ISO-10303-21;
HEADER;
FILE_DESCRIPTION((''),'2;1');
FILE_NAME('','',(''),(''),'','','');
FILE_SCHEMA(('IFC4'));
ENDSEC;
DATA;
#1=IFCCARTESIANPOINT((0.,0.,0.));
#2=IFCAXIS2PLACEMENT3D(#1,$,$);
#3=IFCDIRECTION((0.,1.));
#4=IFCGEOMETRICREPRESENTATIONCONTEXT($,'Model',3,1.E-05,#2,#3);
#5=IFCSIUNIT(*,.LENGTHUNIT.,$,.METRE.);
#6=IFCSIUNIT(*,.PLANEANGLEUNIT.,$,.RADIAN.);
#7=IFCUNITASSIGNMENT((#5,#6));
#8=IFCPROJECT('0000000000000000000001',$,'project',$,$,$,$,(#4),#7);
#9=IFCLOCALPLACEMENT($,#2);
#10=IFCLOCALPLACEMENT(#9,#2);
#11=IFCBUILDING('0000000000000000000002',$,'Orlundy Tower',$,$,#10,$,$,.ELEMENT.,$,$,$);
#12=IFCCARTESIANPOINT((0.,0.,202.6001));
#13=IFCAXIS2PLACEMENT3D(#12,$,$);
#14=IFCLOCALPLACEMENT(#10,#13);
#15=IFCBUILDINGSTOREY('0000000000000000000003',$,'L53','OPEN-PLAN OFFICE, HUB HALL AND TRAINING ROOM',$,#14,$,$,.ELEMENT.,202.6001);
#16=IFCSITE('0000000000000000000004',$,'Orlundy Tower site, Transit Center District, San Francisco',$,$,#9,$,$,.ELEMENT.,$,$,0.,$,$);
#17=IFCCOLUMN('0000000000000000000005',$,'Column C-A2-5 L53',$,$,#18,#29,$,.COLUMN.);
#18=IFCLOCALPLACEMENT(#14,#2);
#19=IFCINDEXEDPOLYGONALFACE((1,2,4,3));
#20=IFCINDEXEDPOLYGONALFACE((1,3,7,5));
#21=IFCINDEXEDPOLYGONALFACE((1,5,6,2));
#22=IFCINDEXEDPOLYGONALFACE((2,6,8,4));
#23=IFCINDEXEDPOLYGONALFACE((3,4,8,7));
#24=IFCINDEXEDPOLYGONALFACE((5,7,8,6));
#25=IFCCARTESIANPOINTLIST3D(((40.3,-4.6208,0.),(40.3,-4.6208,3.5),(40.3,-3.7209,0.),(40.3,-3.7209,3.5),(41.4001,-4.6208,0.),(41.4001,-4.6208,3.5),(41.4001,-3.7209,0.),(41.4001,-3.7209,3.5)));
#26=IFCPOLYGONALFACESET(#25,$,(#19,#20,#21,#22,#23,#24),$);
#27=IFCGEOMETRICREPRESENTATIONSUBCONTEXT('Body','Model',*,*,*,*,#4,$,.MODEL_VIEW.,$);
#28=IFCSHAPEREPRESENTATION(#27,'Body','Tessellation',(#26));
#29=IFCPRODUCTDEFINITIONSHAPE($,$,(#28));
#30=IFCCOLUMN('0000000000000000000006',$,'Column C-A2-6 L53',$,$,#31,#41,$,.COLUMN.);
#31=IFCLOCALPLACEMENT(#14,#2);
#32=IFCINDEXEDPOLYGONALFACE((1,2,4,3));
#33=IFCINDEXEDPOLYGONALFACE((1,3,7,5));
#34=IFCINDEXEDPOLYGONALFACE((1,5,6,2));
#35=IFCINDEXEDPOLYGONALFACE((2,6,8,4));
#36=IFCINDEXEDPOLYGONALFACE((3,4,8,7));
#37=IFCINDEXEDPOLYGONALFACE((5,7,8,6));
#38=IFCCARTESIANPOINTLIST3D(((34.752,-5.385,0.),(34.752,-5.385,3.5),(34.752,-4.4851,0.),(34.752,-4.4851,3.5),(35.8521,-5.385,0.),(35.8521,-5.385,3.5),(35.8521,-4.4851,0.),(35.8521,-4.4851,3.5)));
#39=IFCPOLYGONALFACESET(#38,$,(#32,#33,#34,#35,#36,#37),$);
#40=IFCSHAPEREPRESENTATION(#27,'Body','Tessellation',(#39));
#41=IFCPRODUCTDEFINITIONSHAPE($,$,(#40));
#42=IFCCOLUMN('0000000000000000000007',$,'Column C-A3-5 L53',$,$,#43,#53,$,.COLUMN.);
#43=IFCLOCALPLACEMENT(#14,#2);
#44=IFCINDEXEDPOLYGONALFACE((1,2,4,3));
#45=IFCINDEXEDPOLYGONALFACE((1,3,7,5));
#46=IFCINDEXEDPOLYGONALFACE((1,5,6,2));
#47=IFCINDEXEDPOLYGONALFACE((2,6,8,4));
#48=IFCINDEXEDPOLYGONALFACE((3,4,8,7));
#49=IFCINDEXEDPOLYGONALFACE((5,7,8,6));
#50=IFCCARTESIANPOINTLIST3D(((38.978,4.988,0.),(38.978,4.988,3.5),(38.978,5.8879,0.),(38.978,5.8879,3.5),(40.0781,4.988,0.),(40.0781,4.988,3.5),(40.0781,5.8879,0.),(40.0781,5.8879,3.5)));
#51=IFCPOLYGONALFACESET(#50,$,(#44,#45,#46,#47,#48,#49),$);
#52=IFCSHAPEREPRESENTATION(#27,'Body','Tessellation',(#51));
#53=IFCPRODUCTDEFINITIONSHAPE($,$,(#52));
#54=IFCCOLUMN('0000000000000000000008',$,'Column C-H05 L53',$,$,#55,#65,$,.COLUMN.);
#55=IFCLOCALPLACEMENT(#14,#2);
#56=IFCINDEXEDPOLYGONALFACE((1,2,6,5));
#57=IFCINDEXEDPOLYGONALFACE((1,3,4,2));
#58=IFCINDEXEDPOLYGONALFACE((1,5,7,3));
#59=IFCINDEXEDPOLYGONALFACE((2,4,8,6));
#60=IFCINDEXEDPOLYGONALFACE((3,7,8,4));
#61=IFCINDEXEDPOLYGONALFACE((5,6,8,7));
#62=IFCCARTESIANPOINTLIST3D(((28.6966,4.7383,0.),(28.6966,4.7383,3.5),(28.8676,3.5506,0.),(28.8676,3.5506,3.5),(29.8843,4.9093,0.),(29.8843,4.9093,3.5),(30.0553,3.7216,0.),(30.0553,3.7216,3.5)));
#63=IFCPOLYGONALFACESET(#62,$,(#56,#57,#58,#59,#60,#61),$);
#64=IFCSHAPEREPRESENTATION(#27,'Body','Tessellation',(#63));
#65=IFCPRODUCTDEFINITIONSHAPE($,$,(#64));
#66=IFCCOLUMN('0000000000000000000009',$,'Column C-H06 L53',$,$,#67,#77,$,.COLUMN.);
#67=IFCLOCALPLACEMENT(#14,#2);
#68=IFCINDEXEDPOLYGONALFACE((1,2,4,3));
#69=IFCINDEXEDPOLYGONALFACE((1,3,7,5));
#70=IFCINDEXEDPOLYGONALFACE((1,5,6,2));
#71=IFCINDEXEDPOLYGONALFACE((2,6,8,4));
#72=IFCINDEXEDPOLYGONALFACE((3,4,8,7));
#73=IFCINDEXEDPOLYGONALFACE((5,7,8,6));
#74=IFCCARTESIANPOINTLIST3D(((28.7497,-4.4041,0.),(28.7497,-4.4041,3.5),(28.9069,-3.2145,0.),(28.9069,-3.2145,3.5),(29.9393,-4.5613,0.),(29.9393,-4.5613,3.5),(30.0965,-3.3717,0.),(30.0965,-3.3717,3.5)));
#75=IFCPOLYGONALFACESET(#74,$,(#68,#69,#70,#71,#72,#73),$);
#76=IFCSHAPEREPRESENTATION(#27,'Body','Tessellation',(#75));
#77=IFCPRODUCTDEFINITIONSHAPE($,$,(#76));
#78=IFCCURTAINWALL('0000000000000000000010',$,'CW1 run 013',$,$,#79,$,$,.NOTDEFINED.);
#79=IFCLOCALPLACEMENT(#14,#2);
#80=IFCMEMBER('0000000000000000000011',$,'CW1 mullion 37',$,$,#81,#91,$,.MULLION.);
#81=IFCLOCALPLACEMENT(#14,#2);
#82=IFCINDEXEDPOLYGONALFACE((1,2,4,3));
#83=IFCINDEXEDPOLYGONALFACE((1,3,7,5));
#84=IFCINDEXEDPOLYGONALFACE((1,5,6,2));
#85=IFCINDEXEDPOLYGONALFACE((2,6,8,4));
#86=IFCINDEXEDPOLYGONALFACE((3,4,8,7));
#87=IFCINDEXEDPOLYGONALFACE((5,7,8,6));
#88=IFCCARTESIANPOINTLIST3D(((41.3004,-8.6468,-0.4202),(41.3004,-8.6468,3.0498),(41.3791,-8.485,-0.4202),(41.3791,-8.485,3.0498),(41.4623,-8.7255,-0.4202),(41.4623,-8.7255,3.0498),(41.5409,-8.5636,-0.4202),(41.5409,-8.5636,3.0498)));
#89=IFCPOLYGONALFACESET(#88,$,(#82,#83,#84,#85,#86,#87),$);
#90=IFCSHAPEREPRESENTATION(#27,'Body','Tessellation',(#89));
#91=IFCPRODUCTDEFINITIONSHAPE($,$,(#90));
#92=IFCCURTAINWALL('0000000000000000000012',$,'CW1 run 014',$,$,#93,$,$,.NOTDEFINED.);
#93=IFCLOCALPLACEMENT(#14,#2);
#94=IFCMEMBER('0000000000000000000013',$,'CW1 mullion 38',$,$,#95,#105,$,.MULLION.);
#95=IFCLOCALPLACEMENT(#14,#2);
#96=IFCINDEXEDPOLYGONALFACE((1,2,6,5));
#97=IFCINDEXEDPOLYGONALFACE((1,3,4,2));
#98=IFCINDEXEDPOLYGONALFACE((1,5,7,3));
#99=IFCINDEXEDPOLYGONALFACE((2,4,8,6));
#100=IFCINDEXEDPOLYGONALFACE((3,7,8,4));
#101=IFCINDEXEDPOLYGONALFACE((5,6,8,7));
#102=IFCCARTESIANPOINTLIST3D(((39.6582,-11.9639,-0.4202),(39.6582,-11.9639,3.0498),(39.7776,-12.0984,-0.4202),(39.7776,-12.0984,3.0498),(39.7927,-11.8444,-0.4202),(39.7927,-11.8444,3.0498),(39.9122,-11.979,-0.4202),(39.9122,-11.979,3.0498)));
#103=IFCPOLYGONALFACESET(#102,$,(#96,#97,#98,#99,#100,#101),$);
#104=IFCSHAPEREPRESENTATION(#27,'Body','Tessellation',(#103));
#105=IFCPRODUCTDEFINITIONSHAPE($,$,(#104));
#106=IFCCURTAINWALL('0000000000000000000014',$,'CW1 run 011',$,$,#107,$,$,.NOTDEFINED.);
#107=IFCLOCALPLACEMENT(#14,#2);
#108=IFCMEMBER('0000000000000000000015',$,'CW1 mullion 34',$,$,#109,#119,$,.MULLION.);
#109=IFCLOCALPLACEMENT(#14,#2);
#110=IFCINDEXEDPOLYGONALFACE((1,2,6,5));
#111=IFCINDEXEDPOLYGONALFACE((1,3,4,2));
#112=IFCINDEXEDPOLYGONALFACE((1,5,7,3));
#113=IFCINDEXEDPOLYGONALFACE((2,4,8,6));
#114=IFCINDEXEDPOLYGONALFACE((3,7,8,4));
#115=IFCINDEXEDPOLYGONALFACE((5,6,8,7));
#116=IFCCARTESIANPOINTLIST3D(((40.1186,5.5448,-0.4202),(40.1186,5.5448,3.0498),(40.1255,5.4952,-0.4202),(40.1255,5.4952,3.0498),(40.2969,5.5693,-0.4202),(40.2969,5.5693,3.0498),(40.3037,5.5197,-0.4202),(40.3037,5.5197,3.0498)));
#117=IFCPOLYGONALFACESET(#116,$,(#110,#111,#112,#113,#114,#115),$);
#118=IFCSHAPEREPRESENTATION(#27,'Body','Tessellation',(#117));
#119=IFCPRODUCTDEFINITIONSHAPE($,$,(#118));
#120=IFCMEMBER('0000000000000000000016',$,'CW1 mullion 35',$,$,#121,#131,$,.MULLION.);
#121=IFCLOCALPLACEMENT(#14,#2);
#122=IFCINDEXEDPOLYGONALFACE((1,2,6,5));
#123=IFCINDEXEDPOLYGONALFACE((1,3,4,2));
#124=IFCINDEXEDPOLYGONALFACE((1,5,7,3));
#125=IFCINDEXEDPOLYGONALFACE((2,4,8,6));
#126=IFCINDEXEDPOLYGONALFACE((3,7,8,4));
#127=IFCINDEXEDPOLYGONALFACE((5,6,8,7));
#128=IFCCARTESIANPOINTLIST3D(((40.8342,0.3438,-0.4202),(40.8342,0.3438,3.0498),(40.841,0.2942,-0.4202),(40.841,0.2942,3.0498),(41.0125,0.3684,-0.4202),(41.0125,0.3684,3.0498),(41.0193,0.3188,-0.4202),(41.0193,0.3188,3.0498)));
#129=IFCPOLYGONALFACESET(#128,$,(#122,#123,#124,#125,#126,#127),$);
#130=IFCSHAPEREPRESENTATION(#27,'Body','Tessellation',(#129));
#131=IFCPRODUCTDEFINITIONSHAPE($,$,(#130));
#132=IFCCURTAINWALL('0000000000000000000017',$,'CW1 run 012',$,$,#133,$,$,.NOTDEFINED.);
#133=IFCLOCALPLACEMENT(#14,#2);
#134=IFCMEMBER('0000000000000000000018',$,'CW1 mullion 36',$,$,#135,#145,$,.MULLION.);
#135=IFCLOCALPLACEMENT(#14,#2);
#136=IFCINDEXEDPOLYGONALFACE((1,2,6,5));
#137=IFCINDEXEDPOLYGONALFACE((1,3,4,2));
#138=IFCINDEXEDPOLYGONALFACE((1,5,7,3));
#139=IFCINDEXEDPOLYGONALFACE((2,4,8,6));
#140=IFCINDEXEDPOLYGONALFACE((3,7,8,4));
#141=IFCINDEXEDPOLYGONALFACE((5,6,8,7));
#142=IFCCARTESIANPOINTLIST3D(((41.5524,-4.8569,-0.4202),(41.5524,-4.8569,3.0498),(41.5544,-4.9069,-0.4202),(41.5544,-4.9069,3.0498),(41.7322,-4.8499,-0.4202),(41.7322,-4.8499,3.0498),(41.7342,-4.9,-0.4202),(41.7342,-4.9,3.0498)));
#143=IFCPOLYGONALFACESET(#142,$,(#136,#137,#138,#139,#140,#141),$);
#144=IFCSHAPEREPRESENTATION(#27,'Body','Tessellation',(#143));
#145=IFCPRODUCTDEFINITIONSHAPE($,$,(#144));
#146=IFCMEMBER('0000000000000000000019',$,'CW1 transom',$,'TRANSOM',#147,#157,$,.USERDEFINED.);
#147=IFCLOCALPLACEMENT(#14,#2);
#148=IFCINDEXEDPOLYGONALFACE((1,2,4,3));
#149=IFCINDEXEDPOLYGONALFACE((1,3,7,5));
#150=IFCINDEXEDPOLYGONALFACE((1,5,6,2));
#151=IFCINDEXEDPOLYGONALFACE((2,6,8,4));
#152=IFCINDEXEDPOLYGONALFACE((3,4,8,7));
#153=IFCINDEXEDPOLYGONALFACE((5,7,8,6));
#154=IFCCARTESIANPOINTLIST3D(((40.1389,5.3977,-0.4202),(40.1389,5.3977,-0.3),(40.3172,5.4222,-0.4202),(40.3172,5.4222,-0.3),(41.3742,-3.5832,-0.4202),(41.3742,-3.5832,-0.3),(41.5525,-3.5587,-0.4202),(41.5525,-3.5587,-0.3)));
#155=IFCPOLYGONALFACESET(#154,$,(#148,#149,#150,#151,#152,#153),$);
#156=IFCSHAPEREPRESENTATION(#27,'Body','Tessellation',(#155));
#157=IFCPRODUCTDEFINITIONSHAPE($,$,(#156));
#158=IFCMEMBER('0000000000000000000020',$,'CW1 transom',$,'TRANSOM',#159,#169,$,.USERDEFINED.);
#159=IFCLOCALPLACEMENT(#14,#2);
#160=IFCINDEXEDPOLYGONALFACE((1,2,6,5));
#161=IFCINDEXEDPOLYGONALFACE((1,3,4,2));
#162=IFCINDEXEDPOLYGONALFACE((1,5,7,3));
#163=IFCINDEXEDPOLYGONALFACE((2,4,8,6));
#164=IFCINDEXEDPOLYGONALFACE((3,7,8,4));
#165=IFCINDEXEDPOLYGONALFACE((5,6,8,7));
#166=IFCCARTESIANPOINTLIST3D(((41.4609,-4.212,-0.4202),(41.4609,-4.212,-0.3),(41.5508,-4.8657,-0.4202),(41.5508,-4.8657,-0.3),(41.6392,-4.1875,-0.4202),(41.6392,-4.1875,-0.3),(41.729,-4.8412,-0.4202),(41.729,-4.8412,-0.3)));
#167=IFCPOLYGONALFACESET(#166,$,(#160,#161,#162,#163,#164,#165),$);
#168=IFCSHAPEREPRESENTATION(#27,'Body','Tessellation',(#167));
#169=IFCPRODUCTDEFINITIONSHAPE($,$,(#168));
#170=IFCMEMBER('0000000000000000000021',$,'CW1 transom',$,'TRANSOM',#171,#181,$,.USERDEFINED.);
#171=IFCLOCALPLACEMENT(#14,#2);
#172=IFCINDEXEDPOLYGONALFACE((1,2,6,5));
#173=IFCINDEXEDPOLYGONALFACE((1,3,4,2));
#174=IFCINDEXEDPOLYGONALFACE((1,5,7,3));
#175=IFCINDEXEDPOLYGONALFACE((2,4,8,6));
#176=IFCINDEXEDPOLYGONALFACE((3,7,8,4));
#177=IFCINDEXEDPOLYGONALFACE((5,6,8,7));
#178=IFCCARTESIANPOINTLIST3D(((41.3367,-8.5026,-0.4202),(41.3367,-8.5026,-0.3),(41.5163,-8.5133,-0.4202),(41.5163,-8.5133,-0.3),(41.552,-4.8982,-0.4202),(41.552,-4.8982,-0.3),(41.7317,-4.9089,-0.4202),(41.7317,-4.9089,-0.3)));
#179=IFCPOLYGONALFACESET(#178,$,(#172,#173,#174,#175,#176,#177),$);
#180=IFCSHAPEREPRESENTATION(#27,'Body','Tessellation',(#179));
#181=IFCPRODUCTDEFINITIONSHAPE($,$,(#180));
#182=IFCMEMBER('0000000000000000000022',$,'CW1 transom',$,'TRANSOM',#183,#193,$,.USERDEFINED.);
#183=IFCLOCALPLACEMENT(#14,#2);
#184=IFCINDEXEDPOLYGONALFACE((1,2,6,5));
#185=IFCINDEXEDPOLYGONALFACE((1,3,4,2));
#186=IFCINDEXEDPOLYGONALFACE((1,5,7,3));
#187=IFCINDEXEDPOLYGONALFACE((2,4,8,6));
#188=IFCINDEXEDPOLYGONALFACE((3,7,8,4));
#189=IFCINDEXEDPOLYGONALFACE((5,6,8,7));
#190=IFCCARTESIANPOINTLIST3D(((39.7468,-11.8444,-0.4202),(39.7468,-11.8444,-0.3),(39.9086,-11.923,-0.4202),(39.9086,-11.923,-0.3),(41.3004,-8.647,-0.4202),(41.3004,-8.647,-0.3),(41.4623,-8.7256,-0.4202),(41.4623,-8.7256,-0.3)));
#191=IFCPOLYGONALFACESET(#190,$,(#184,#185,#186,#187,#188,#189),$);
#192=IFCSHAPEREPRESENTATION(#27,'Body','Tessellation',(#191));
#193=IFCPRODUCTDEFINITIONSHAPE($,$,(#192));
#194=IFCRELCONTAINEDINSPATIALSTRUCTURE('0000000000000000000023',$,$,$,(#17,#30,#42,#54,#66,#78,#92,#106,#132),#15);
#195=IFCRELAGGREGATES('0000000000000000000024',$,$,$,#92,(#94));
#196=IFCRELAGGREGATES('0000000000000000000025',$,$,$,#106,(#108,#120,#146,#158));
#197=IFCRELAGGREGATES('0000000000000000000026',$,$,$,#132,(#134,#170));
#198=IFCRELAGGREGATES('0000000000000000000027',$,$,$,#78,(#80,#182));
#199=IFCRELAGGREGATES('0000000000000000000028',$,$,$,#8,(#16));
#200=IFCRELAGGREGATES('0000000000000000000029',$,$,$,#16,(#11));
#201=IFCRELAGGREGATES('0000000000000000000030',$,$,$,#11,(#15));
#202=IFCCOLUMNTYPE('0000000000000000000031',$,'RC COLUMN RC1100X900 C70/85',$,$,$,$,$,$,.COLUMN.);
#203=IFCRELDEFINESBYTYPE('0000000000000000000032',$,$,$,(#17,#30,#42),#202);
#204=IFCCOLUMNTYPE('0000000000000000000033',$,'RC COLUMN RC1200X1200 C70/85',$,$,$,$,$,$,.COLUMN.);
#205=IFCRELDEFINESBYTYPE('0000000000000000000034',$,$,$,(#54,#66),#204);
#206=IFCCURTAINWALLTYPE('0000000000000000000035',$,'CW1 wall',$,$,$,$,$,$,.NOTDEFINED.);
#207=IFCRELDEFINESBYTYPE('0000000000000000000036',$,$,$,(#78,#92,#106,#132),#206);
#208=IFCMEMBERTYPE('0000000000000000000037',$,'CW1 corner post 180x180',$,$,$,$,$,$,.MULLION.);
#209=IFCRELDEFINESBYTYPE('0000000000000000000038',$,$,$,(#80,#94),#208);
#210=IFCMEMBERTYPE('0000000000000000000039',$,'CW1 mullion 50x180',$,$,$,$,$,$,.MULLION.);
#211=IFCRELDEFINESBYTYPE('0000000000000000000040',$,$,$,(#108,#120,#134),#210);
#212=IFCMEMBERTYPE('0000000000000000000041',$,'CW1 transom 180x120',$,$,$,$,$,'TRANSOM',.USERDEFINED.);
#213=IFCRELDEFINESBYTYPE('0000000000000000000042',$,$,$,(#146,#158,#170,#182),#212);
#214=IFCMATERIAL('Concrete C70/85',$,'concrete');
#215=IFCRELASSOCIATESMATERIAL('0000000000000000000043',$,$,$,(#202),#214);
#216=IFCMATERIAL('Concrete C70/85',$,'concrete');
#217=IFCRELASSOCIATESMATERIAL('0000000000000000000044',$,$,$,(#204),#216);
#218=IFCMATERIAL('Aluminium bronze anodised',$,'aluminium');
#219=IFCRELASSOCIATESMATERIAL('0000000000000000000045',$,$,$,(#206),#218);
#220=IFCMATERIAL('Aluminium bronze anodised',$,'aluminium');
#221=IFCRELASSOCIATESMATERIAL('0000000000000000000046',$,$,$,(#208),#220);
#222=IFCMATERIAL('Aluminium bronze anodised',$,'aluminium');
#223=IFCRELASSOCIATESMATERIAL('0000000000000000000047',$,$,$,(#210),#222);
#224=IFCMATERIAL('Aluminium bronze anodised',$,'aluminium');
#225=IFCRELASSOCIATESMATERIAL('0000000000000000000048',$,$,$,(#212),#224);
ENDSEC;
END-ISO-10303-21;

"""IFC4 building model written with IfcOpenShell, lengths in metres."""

from ifc_helpers import new_model, si_unit, direction, frame, origin, origin_2d, place, context, subcontext, project, spatial, rectangle, extrude, material, material_profile, profile_set, type_object, element, aggregate, save


model = new_model("IFC4")

# Units and contexts
model_context = context("Model", 3, precision=1e-05, world=origin(), true_north=direction((0.0, 1.0)))
body_context = subcontext(model_context, "Body", "Model", "MODEL_VIEW")
ifc_project = project(units=[si_unit("LENGTHUNIT", "METRE"), si_unit("PLANEANGLEUNIT", "RADIAN")], contexts=[model_context])

# Site, building, storey
site_placement = place(None, origin())
site = spatial("IfcSite", under=ifc_project, at=site_placement, Name="Orlundy Tower site, Transit Center District, San Francisco", CompositionType="ELEMENT", RefElevation=0.0)
building_placement = place(site_placement, origin())
building = spatial("IfcBuilding", under=site, at=building_placement, Name="Orlundy Tower", CompositionType="ELEMENT")
storey_placement = place(building_placement, frame((0.0, 0.0, 202.6001)))
storey = spatial("IfcBuildingStorey", under=building, at=storey_placement, Name="L53", Description="OPEN-PLAN OFFICE, HUB HALL AND TRAINING ROOM", CompositionType="ELEMENT", Elevation=202.6001)

# Columns
ifc_material_1 = material(Name="Concrete C70/85", Category="concrete")
ifc_material_profile_1 = material_profile(ifc_material_1, rectangle(XDim=1.1001, YDim=0.8999, at=origin_2d()), Name="RC1100X900")
ifc_profile_set_1 = profile_set([ifc_material_profile_1], Name="Concrete C70/85")
column_type_1 = type_object("IfcColumnType", Name="RC COLUMN RC1100X900 C70/85", PredefinedType="COLUMN", material=ifc_profile_set_1)
for number, where, z_axis, x_axis, name in (
    (1, (40.8501, -4.1709, 0.0), (0.0, 0.0, 1.0), (1.0, 0.0, 0.0), "Column C-A2-5 L53"),
    (2, (35.302, -4.9351, 0.0), (0.0, 0.0, 1.0), (1.0, 0.0, 0.0), "Column C-A2-6 L53"),
    (3, (39.5281, 5.438, 0.0), (0.0, 0.0, 1.0), (1.0, 0.0, 0.0), "Column C-A3-5 L53"),
):
    element("IfcColumn", number, at=place(storey_placement, frame(where, z_axis=z_axis, x_axis=x_axis)), inside=storey, type_object=column_type_1, Name=name, PredefinedType="COLUMN", context=body_context, shape_type="SweptSolid", body=[
        extrude(rectangle(XDim=1.1001, YDim=0.8999, at=origin_2d()), origin(), (0.0, 0.0, 1.0), 3.5),
    ])
ifc_material_2 = material(Name="Concrete C70/85", Category="concrete")
ifc_material_profile_2 = material_profile(ifc_material_2, rectangle(XDim=1.2, YDim=1.2, at=origin_2d()), Name="RC1200X1200")
ifc_profile_set_2 = profile_set([ifc_material_profile_2], Name="Concrete C70/85")
column_type_2 = type_object("IfcColumnType", Name="RC COLUMN RC1200X1200 C70/85", PredefinedType="COLUMN", material=ifc_profile_set_2)
for number, where, z_axis, x_axis, name in (
    (4, (29.376, 4.23, 0.0), (0.0, 0.0, 1.0), (0.989791, 0.142525, 0.0), "Column C-H05 L53"),
    (5, (29.4231, -3.8879, 0.0), (0.0, 0.0, 1.0), (0.991381, -0.131011, 0.0), "Column C-H06 L53"),
):
    element("IfcColumn", number, at=place(storey_placement, frame(where, z_axis=z_axis, x_axis=x_axis)), inside=storey, type_object=column_type_2, Name=name, PredefinedType="COLUMN", context=body_context, shape_type="SweptSolid", body=[
        extrude(rectangle(XDim=1.2, YDim=1.2, at=origin_2d()), origin(), (0.0, 0.0, 1.0), 3.5),
    ])

# Curtain walls, members
ifc_material_3 = material(Name="Aluminium bronze anodised", Category="aluminium")
curtain_wall_type = type_object("IfcCurtainWallType", Name="CW1 wall", PredefinedType="NOTDEFINED", material=ifc_material_3)
curtain_wall_1_placement = place(storey_placement, origin())
curtain_wall_1 = element("IfcCurtainWall", 6, at=curtain_wall_1_placement, inside=storey, type_object=curtain_wall_type, Name="CW1 run 013", PredefinedType="NOTDEFINED")
ifc_material_4 = material(Name="Aluminium bronze anodised", Category="aluminium")
ifc_material_profile_3 = material_profile(ifc_material_4, rectangle(XDim=0.1799, YDim=0.1799, at=origin_2d()), Name="CW1 corner post 180x180")
ifc_profile_set_3 = profile_set([ifc_material_profile_3], Name="Aluminium bronze anodised")
member_type_1 = type_object("IfcMemberType", Name="CW1 corner post 180x180", PredefinedType="MULLION", material=ifc_profile_set_3)
member_1_placement = place(storey_placement, frame((41.4207, -8.6052, -0.4202), z_axis=(0.0, 0.0, 1.0), x_axis=(0.899442, -0.437041, 0.0)))
member_1 = element("IfcMember", 7, at=member_1_placement, type_object=member_type_1, Name="CW1 mullion 37", PredefinedType="MULLION", context=body_context, shape_type="SweptSolid", body=[
    extrude(rectangle(XDim=0.1799, YDim=0.1799, at=origin_2d()), origin(), (0.0, 0.0, 1.0), 3.47),
])
curtain_wall_2_placement = place(storey_placement, origin())
curtain_wall_2 = element("IfcCurtainWall", 8, at=curtain_wall_2_placement, inside=storey, type_object=curtain_wall_type, Name="CW1 run 014", PredefinedType="NOTDEFINED")
member_2_placement = place(storey_placement, frame((39.7852, -11.9714, -0.4202), z_axis=(0.0, 0.0, 1.0), x_axis=(0.663761, -0.747945, 0.0)))
member_2 = element("IfcMember", 9, at=member_2_placement, type_object=member_type_1, Name="CW1 mullion 38", PredefinedType="MULLION", context=body_context, shape_type="SweptSolid", body=[
    extrude(rectangle(XDim=0.1799, YDim=0.1799, at=origin_2d()), origin(), (0.0, 0.0, 1.0), 3.47),
])
aggregate(curtain_wall_2, [member_2])

# Curtain wall, members
curtain_wall_3_placement = place(storey_placement, origin())
curtain_wall_3 = element("IfcCurtainWall", 10, at=curtain_wall_3_placement, inside=storey, type_object=curtain_wall_type, Name="CW1 run 011", PredefinedType="NOTDEFINED")
ifc_material_5 = material(Name="Aluminium bronze anodised", Category="aluminium")
ifc_material_profile_4 = material_profile(ifc_material_5, rectangle(XDim=0.1799, YDim=0.05, at=origin_2d()), Name="CW1 mullion 50x180")
ifc_profile_set_4 = profile_set([ifc_material_profile_4], Name="Aluminium bronze anodised")
member_type_2 = type_object("IfcMemberType", Name="CW1 mullion 50x180", PredefinedType="MULLION", material=ifc_profile_set_4)
member_3_placement = place(storey_placement, frame((40.2112, 5.5322, -0.4202), z_axis=(0.0, 0.0, 1.0), x_axis=(0.99067, 0.136286, 0.0)))
member_3 = element("IfcMember", 11, at=member_3_placement, type_object=member_type_2, Name="CW1 mullion 34", PredefinedType="MULLION", context=body_context, shape_type="SweptSolid", body=[
    extrude(rectangle(XDim=0.1799, YDim=0.05, at=origin_2d()), origin(), (0.0, 0.0, 1.0), 3.47),
])
member_4_placement = place(storey_placement, frame((40.9268, 0.3313, -0.4202), z_axis=(0.0, 0.0, 1.0), x_axis=(0.99067, 0.136286, 0.0)))
member_4 = element("IfcMember", 12, at=member_4_placement, type_object=member_type_2, Name="CW1 mullion 35", PredefinedType="MULLION", context=body_context, shape_type="SweptSolid", body=[
    extrude(rectangle(XDim=0.1799, YDim=0.05, at=origin_2d()), origin(), (0.0, 0.0, 1.0), 3.47),
])

# Curtain wall, member
curtain_wall_4_placement = place(storey_placement, origin())
curtain_wall_4 = element("IfcCurtainWall", 13, at=curtain_wall_4_placement, inside=storey, type_object=curtain_wall_type, Name="CW1 run 012", PredefinedType="NOTDEFINED")
member_5_placement = place(storey_placement, frame((41.6433, -4.8784, -0.4202), z_axis=(0.0, 0.0, 1.0), x_axis=(0.999258, 0.038517, 0.0)))
member_5 = element("IfcMember", 14, at=member_5_placement, type_object=member_type_2, Name="CW1 mullion 36", PredefinedType="MULLION", context=body_context, shape_type="SweptSolid", body=[
    extrude(rectangle(XDim=0.1799, YDim=0.05, at=origin_2d()), origin(), (0.0, 0.0, 1.0), 3.47),
])

# Members
ifc_material_6 = material(Name="Aluminium bronze anodised", Category="aluminium")
ifc_material_profile_5 = material_profile(ifc_material_6, rectangle(XDim=0.1799, YDim=0.1201, at=origin_2d()), Name="CW1 transom 180x120")
ifc_profile_set_5 = profile_set([ifc_material_profile_5], Name="Aluminium bronze anodised")
member_type_3 = type_object("IfcMemberType", Name="CW1 transom 180x120", ElementType="TRANSOM", PredefinedType="USERDEFINED", material=ifc_profile_set_5)
member_6_placement = place(storey_placement, frame((40.228, 5.4099, -0.3601), z_axis=(0.136269, -0.990672, 0.0), x_axis=(0.990672, 0.136269, 0.0)))
member_6 = element("IfcMember", 15, at=member_6_placement, type_object=member_type_3, Name="CW1 transom", ObjectType="TRANSOM", PredefinedType="USERDEFINED", context=body_context, shape_type="SweptSolid", body=[
    extrude(rectangle(XDim=0.1799, YDim=0.1201, at=origin_2d()), origin(), (0.0, 0.0, 1.0), 9.0654),
])
member_7_placement = place(storey_placement, frame((41.55, -4.1997, -0.3601), z_axis=(0.136137, -0.99069, 0.0), x_axis=(0.99069, 0.136137, 0.0)))
member_7 = element("IfcMember", 16, at=member_7_placement, type_object=member_type_3, Name="CW1 transom", ObjectType="TRANSOM", PredefinedType="USERDEFINED", context=body_context, shape_type="SweptSolid", body=[
    extrude(rectangle(XDim=0.1799, YDim=0.1201, at=origin_2d()), origin(), (0.0, 0.0, 1.0), 0.6599),
])
member_8_placement = place(storey_placement, frame((41.6418, -4.9036, -0.3601), z_axis=(-0.059634, -0.99822, 0.0), x_axis=(0.99822, -0.059634, 0.0)))
member_8 = element("IfcMember", 17, at=member_8_placement, type_object=member_type_3, Name="CW1 transom", ObjectType="TRANSOM", PredefinedType="USERDEFINED", context=body_context, shape_type="SweptSolid", body=[
    extrude(rectangle(XDim=0.1799, YDim=0.1201, at=origin_2d()), origin(), (0.0, 0.0, 1.0), 3.6108),
])
member_9_placement = place(storey_placement, frame((41.3813, -8.6863, -0.3601), z_axis=(-0.437048, -0.899438, 0.0), x_axis=(0.899438, -0.437048, 0.0)))
member_9 = element("IfcMember", 18, at=member_9_placement, type_object=member_type_3, Name="CW1 transom", ObjectType="TRANSOM", PredefinedType="USERDEFINED", context=body_context, shape_type="SweptSolid", body=[
    extrude(rectangle(XDim=0.1799, YDim=0.1201, at=origin_2d()), origin(), (0.0, 0.0, 1.0), 3.5549),
])

aggregate(curtain_wall_3, [member_3, member_4, member_6, member_7])
aggregate(curtain_wall_4, [member_5, member_8])
aggregate(curtain_wall_1, [member_1, member_9])

save(model, "model.ifc")
